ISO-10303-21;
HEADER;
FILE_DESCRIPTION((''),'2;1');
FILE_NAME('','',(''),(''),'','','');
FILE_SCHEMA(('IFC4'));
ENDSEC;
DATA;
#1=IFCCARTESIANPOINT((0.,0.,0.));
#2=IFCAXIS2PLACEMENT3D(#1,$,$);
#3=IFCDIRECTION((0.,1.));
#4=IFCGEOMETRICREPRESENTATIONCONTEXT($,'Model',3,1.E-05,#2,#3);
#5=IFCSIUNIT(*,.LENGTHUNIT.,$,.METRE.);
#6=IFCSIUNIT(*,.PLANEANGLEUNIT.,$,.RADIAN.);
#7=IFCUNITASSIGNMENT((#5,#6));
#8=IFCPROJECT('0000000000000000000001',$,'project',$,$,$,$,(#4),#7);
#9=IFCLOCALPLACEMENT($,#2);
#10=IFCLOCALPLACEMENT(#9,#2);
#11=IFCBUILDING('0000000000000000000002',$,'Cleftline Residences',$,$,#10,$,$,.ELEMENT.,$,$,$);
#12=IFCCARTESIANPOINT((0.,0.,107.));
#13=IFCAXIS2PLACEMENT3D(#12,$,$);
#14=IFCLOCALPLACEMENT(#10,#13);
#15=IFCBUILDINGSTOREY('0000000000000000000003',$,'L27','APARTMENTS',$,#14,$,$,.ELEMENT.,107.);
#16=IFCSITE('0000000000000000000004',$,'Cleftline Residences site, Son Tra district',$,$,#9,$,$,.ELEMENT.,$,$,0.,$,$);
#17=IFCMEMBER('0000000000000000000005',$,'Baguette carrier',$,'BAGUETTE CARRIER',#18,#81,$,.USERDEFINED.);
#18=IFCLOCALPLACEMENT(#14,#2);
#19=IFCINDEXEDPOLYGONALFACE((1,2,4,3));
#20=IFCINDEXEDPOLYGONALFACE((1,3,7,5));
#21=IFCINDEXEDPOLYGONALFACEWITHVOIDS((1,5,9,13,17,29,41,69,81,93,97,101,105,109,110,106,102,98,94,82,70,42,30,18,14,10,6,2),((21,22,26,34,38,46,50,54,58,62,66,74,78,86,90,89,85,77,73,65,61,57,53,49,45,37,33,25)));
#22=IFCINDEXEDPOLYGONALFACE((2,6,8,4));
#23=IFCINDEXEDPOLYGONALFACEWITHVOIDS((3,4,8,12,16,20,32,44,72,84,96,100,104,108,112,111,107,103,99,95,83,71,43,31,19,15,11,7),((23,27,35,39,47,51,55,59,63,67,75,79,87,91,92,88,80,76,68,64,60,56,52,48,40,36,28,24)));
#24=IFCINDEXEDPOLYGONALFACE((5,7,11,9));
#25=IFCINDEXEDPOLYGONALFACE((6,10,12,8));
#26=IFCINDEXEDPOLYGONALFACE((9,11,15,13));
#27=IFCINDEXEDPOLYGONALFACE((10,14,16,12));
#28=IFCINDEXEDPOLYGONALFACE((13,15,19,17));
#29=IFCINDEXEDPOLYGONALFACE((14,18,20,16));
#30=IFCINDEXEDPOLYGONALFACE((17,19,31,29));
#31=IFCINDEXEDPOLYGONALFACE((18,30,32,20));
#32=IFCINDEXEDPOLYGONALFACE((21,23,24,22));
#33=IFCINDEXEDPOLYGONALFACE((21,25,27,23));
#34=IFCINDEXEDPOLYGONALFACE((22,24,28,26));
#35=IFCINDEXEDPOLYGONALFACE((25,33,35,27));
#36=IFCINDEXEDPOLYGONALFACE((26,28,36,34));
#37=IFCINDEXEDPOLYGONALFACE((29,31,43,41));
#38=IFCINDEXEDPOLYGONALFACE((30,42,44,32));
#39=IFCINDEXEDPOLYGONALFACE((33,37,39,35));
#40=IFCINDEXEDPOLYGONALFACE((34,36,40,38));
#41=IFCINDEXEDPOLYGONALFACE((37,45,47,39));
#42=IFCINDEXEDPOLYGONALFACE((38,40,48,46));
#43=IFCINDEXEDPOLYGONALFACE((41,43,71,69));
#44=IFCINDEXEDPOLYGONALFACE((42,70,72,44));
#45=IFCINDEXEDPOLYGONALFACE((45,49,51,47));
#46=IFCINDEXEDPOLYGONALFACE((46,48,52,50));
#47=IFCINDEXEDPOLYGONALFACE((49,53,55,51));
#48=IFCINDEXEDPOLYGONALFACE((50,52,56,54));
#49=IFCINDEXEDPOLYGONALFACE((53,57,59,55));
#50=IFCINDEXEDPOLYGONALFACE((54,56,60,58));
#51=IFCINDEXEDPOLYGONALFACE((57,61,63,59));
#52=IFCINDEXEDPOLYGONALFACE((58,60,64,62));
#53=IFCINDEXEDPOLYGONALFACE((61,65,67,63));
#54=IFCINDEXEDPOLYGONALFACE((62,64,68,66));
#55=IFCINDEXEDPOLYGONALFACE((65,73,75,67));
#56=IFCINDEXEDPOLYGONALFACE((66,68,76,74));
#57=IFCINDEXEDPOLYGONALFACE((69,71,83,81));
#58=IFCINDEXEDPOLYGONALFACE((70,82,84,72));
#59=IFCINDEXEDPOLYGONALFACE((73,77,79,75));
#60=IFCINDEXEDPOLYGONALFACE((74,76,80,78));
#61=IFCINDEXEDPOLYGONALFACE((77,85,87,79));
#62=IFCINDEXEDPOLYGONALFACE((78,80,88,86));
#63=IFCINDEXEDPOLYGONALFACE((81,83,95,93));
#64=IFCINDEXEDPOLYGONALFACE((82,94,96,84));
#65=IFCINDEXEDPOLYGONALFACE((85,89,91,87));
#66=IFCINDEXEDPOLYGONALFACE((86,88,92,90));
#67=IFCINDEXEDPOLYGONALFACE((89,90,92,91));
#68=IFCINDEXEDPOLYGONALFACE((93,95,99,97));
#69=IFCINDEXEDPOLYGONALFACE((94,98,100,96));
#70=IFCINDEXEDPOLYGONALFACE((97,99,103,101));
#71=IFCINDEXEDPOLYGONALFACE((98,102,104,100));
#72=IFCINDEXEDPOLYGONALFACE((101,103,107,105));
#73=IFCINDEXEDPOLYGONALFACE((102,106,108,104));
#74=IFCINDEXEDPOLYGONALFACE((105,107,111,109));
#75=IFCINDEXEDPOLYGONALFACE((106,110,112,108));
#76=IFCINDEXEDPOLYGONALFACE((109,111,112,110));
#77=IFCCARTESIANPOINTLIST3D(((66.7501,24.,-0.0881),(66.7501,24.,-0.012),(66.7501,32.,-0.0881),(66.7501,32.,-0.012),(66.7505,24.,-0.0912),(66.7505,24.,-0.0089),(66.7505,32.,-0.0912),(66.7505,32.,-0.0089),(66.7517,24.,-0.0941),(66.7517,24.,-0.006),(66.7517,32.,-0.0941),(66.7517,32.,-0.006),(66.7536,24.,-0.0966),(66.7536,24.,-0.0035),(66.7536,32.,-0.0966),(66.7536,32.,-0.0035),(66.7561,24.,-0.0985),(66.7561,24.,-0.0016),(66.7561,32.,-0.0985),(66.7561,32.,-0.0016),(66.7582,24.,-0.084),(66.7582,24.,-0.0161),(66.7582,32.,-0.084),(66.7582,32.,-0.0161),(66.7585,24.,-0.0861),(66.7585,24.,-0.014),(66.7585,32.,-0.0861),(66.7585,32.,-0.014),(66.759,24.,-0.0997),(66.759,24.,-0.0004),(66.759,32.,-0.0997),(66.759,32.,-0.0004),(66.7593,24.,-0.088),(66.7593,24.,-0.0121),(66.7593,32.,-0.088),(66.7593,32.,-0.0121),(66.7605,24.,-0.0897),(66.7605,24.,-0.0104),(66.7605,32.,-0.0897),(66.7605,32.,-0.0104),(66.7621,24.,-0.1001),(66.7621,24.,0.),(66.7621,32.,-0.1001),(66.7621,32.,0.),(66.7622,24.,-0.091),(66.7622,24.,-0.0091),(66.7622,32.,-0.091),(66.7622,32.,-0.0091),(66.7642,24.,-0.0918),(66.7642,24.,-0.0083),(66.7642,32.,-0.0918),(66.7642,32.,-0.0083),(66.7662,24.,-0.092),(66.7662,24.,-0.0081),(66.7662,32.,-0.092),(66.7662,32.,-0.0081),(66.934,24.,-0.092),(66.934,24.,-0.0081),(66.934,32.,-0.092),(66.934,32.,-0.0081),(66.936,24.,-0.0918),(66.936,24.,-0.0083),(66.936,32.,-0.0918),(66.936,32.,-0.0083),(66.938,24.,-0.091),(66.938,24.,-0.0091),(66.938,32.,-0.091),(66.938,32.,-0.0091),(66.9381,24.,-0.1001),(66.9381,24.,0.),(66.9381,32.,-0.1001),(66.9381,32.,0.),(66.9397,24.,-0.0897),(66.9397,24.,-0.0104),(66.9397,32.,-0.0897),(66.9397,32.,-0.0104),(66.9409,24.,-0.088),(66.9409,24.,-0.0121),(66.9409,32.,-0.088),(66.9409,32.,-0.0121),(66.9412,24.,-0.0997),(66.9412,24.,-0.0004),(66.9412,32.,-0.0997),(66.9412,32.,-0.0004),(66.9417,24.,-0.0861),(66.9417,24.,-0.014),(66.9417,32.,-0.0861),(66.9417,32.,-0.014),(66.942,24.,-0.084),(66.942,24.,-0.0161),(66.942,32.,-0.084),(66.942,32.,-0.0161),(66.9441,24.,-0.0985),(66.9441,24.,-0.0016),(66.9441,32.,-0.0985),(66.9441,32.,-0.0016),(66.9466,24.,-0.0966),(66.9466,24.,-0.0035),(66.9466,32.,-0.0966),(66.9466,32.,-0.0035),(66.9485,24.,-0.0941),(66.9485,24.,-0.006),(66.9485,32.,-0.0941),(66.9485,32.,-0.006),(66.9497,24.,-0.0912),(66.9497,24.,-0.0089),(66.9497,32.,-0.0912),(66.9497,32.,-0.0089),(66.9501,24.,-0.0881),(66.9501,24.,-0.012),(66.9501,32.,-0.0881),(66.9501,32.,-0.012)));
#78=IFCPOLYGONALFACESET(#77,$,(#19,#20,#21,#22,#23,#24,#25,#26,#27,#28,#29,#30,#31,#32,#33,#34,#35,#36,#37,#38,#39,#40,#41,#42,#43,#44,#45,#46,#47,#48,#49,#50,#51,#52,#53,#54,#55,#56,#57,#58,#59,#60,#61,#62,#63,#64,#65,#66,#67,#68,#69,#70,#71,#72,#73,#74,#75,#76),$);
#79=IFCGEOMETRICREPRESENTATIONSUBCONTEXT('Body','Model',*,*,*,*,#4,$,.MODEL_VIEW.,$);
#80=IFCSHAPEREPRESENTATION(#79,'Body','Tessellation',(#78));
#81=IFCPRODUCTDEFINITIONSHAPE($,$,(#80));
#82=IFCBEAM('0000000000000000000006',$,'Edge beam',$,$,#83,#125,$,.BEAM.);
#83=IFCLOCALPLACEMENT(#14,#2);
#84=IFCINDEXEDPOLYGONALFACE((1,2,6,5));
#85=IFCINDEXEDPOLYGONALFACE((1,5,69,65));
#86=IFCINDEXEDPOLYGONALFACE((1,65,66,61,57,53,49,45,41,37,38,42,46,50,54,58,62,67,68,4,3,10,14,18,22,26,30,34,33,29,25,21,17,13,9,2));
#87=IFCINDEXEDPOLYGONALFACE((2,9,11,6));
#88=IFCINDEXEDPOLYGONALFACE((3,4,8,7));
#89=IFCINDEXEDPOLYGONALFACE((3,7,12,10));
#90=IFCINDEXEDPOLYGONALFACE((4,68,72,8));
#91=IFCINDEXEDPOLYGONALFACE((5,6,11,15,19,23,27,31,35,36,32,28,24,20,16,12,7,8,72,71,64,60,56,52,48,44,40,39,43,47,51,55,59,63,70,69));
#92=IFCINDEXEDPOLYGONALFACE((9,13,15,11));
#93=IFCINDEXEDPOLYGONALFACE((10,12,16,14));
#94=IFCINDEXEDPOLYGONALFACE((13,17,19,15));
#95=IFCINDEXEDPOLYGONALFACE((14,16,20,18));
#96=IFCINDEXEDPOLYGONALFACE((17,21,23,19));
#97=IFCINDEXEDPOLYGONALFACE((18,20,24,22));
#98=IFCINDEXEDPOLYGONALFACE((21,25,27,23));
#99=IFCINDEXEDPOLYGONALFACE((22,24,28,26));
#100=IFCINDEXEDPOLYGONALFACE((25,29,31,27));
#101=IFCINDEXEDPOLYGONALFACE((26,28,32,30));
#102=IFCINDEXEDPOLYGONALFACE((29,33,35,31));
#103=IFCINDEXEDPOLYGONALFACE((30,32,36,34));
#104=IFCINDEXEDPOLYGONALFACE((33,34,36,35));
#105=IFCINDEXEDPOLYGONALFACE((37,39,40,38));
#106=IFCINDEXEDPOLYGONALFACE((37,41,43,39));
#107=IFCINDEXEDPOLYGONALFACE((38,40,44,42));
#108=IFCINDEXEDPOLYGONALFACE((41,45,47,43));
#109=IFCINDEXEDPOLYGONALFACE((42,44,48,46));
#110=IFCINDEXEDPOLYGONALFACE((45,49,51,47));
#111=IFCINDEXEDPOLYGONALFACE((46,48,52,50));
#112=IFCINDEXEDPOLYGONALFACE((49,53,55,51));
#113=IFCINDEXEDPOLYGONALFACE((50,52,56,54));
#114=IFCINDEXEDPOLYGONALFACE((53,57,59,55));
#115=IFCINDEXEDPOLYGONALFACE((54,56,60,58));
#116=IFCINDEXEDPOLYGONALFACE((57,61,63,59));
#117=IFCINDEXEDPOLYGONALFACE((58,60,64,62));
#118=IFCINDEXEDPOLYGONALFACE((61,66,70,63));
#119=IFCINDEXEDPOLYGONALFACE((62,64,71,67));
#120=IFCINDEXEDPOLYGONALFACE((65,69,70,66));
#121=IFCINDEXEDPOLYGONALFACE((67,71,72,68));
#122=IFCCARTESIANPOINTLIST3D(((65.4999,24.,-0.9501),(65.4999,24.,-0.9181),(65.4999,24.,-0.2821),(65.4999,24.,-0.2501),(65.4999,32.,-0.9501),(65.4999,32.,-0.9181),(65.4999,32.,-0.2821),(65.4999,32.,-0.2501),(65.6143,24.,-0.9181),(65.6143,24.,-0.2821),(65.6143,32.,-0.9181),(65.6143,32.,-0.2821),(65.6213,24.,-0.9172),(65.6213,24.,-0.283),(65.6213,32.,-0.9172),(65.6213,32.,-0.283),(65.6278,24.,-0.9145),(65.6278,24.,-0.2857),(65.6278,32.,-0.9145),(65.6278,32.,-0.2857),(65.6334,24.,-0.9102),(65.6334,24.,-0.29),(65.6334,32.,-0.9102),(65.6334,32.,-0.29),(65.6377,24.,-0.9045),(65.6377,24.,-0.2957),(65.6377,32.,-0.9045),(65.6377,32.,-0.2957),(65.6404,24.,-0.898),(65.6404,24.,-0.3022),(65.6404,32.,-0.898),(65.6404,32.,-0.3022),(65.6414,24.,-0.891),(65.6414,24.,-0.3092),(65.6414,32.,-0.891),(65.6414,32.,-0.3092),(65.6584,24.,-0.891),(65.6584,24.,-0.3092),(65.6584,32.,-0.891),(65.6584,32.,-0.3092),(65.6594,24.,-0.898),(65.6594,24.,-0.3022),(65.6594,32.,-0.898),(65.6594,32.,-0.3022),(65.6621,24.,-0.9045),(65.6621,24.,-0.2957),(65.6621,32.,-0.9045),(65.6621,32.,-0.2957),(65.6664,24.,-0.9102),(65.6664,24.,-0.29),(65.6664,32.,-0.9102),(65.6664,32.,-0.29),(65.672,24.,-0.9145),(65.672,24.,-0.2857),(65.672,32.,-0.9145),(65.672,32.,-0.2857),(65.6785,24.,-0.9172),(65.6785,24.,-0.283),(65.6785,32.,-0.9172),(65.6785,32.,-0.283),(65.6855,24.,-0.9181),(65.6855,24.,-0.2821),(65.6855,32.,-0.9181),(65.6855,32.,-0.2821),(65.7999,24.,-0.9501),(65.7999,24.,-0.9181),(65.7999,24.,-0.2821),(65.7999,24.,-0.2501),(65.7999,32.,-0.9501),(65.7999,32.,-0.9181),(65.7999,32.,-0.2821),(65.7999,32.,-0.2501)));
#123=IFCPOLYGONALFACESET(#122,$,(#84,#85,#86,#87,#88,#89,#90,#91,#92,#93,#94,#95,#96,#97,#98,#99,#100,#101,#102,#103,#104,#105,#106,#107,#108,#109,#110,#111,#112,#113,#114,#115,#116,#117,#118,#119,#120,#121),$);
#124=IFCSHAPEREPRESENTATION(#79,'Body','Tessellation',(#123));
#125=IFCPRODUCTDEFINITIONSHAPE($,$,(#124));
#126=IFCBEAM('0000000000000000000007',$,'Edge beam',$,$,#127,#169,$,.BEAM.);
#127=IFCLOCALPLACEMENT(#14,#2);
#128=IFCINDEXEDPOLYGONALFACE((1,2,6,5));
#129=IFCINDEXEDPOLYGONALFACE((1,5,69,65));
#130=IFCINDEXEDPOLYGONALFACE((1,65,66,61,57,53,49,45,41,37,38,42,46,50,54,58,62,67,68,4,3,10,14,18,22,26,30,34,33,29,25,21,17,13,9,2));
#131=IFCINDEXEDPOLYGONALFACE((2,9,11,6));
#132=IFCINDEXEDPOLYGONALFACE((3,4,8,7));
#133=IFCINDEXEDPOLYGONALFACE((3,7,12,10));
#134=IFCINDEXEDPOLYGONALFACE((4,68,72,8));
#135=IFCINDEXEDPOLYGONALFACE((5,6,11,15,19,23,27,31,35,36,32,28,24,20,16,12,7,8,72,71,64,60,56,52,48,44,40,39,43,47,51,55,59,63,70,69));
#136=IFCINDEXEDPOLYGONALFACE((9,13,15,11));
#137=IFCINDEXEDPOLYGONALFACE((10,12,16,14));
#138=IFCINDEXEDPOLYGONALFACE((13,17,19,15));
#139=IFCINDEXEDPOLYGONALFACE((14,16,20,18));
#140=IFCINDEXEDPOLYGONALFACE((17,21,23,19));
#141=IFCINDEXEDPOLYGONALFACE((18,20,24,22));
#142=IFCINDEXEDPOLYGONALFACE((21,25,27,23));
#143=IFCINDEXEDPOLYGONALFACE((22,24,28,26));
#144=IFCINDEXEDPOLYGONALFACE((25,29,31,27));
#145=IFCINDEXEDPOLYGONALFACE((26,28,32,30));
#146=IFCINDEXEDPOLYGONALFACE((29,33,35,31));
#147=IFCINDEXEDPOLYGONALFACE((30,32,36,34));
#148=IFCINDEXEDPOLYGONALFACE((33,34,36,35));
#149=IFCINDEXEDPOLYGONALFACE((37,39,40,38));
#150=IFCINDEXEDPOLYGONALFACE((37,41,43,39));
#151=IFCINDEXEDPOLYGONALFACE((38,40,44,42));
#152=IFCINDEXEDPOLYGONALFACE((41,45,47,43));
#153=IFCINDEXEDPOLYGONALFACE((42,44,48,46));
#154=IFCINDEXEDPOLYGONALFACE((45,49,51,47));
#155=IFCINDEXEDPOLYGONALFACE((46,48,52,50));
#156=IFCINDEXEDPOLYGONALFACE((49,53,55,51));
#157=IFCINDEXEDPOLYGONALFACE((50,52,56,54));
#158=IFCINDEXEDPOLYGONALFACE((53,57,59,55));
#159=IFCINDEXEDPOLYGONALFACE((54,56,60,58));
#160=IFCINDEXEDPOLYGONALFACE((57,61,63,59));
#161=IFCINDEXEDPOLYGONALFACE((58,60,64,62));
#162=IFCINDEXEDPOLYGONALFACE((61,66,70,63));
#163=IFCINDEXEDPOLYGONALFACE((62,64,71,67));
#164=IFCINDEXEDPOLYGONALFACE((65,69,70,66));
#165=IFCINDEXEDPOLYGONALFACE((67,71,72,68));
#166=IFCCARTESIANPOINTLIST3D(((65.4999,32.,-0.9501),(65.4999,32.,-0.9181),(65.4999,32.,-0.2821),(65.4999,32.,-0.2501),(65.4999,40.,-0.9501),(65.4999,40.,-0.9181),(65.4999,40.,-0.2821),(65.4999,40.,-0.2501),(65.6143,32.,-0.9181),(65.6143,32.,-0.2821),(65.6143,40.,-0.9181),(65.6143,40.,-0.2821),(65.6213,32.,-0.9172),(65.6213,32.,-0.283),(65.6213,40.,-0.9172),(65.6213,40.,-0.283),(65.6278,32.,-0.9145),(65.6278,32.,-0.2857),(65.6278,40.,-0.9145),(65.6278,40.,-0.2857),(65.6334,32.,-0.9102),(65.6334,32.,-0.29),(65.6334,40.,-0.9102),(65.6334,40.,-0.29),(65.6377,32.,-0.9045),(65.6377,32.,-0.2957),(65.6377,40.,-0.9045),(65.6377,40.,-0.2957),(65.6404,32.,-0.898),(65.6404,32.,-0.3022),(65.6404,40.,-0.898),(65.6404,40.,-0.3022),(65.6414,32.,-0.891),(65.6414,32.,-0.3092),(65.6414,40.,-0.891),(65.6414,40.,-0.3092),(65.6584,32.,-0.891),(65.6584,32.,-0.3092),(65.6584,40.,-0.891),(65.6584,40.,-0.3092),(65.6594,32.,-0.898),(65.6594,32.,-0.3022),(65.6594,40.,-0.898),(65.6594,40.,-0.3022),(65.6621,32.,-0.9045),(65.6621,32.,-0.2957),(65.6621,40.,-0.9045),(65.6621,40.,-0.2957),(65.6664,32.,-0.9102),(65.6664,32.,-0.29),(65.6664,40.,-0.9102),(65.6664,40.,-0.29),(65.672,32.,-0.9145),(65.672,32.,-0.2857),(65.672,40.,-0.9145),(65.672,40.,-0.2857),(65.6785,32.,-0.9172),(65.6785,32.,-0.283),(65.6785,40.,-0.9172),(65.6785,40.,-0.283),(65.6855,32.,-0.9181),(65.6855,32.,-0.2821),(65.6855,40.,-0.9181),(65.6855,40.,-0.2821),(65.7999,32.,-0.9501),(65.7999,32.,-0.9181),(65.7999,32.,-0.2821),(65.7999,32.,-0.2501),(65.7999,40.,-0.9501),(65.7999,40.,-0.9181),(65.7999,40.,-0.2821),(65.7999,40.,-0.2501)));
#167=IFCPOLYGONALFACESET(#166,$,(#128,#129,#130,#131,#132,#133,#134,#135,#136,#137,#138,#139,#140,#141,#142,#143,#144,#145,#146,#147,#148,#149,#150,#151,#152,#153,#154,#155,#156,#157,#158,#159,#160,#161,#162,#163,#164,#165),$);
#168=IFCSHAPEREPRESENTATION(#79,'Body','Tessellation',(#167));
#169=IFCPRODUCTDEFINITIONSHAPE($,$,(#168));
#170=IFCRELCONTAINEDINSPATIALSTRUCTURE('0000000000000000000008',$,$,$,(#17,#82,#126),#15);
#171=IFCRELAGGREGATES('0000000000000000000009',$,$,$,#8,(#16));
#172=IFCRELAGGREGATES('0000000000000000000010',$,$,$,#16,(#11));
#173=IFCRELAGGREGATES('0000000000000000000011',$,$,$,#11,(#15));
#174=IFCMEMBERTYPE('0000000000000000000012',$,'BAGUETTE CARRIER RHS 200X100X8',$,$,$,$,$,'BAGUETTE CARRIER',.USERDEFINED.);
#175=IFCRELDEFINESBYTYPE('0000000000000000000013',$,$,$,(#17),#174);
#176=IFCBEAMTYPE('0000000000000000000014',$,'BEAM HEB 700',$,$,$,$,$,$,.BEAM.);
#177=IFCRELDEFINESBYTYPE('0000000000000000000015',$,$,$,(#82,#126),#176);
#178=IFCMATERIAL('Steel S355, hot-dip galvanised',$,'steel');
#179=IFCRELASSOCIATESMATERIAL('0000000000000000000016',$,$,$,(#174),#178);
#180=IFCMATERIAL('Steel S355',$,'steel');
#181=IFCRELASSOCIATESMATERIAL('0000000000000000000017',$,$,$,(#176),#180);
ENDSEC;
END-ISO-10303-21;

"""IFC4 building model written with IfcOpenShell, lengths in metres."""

from ifc_helpers import new_model, si_unit, direction, frame, origin, origin_2d, place, context, subcontext, project, spatial, hollow_rectangle, i_section, extrude, material, material_profile, profile_set, type_object, element, save


model = new_model("IFC4")

# Units and contexts
model_context = context("Model", 3, precision=1e-05, world=origin(), true_north=direction((0.0, 1.0)))
body_context = subcontext(model_context, "Body", "Model", "MODEL_VIEW")
ifc_project = project(units=[si_unit("LENGTHUNIT", "METRE"), si_unit("PLANEANGLEUNIT", "RADIAN")], contexts=[model_context])

# Site, building, storey
site_placement = place(None, origin())
site = spatial("IfcSite", under=ifc_project, at=site_placement, Name="Cleftline Residences site, Son Tra district", CompositionType="ELEMENT", RefElevation=0.0)
building_placement = place(site_placement, origin())
building = spatial("IfcBuilding", under=site, at=building_placement, Name="Cleftline Residences", CompositionType="ELEMENT")
storey_placement = place(building_placement, frame((0.0, 0.0, 107.0)))
storey = spatial("IfcBuildingStorey", under=building, at=storey_placement, Name="L27", Description="APARTMENTS", CompositionType="ELEMENT", Elevation=107.0)

# Member
ifc_material_1 = material(Name="Steel S355, hot-dip galvanised", Category="steel")
ifc_material_profile_1 = material_profile(ifc_material_1, hollow_rectangle(XDim=0.1001, YDim=0.2, WallThickness=0.0081, InnerFilletRadius=0.0081, OuterFilletRadius=0.012, at=origin_2d()))
ifc_profile_set_1 = profile_set([ifc_material_profile_1], Name="Steel S355, hot-dip galvanised")
member_type_1 = type_object("IfcMemberType", Name="BAGUETTE CARRIER RHS 200X100X8", ElementType="BAGUETTE CARRIER", PredefinedType="USERDEFINED", material=ifc_profile_set_1)
member_1_placement = place(storey_placement, frame((66.8501, 24.0, -0.05), z_axis=(0.0, 1.0, 0.0), x_axis=(0.0, 0.0, 1.0)))
element("IfcMember", 1, at=member_1_placement, inside=storey, type_object=member_type_1, Name="Baguette carrier", ObjectType="BAGUETTE CARRIER", PredefinedType="USERDEFINED", context=body_context, shape_type="SweptSolid", body=[
    extrude(hollow_rectangle(XDim=0.1001, YDim=0.2, WallThickness=0.0081, InnerFilletRadius=0.0081, OuterFilletRadius=0.012, at=origin_2d()), origin(), (0.0, 0.0, 1.0), 8.0),
])

# Beams
ifc_material_2 = material(Name="Steel S355", Category="steel")
ifc_material_profile_2 = material_profile(ifc_material_2, i_section(OverallWidth=0.3, OverallDepth=0.7, WebThickness=0.0171, FlangeThickness=0.032, FilletRadius=0.0271, at=origin_2d()))
ifc_profile_set_2 = profile_set([ifc_material_profile_2], Name="Steel S355")
beam_type_1 = type_object("IfcBeamType", Name="BEAM HEB 700", PredefinedType="BEAM", material=ifc_profile_set_2)
for number, where, z_axis, x_axis, name in (
    (2, (65.6499, 24.0, -0.6001), (0.0, 1.0, 0.0), (-1.0, 0.0, 0.0), "Edge beam"),
    (3, (65.6499, 32.0, -0.6001), (0.0, 1.0, 0.0), (-1.0, 0.0, 0.0), "Edge beam"),
):
    element("IfcBeam", number, at=place(storey_placement, frame(where, z_axis=z_axis, x_axis=x_axis)), inside=storey, type_object=beam_type_1, Name=name, PredefinedType="BEAM", context=body_context, shape_type="SweptSolid", body=[
        extrude(i_section(OverallWidth=0.3, OverallDepth=0.7, WebThickness=0.0171, FlangeThickness=0.032, FilletRadius=0.0271, at=origin_2d()), origin(), (0.0, 0.0, 1.0), 8.0),
    ])

save(model, "model.ifc")
